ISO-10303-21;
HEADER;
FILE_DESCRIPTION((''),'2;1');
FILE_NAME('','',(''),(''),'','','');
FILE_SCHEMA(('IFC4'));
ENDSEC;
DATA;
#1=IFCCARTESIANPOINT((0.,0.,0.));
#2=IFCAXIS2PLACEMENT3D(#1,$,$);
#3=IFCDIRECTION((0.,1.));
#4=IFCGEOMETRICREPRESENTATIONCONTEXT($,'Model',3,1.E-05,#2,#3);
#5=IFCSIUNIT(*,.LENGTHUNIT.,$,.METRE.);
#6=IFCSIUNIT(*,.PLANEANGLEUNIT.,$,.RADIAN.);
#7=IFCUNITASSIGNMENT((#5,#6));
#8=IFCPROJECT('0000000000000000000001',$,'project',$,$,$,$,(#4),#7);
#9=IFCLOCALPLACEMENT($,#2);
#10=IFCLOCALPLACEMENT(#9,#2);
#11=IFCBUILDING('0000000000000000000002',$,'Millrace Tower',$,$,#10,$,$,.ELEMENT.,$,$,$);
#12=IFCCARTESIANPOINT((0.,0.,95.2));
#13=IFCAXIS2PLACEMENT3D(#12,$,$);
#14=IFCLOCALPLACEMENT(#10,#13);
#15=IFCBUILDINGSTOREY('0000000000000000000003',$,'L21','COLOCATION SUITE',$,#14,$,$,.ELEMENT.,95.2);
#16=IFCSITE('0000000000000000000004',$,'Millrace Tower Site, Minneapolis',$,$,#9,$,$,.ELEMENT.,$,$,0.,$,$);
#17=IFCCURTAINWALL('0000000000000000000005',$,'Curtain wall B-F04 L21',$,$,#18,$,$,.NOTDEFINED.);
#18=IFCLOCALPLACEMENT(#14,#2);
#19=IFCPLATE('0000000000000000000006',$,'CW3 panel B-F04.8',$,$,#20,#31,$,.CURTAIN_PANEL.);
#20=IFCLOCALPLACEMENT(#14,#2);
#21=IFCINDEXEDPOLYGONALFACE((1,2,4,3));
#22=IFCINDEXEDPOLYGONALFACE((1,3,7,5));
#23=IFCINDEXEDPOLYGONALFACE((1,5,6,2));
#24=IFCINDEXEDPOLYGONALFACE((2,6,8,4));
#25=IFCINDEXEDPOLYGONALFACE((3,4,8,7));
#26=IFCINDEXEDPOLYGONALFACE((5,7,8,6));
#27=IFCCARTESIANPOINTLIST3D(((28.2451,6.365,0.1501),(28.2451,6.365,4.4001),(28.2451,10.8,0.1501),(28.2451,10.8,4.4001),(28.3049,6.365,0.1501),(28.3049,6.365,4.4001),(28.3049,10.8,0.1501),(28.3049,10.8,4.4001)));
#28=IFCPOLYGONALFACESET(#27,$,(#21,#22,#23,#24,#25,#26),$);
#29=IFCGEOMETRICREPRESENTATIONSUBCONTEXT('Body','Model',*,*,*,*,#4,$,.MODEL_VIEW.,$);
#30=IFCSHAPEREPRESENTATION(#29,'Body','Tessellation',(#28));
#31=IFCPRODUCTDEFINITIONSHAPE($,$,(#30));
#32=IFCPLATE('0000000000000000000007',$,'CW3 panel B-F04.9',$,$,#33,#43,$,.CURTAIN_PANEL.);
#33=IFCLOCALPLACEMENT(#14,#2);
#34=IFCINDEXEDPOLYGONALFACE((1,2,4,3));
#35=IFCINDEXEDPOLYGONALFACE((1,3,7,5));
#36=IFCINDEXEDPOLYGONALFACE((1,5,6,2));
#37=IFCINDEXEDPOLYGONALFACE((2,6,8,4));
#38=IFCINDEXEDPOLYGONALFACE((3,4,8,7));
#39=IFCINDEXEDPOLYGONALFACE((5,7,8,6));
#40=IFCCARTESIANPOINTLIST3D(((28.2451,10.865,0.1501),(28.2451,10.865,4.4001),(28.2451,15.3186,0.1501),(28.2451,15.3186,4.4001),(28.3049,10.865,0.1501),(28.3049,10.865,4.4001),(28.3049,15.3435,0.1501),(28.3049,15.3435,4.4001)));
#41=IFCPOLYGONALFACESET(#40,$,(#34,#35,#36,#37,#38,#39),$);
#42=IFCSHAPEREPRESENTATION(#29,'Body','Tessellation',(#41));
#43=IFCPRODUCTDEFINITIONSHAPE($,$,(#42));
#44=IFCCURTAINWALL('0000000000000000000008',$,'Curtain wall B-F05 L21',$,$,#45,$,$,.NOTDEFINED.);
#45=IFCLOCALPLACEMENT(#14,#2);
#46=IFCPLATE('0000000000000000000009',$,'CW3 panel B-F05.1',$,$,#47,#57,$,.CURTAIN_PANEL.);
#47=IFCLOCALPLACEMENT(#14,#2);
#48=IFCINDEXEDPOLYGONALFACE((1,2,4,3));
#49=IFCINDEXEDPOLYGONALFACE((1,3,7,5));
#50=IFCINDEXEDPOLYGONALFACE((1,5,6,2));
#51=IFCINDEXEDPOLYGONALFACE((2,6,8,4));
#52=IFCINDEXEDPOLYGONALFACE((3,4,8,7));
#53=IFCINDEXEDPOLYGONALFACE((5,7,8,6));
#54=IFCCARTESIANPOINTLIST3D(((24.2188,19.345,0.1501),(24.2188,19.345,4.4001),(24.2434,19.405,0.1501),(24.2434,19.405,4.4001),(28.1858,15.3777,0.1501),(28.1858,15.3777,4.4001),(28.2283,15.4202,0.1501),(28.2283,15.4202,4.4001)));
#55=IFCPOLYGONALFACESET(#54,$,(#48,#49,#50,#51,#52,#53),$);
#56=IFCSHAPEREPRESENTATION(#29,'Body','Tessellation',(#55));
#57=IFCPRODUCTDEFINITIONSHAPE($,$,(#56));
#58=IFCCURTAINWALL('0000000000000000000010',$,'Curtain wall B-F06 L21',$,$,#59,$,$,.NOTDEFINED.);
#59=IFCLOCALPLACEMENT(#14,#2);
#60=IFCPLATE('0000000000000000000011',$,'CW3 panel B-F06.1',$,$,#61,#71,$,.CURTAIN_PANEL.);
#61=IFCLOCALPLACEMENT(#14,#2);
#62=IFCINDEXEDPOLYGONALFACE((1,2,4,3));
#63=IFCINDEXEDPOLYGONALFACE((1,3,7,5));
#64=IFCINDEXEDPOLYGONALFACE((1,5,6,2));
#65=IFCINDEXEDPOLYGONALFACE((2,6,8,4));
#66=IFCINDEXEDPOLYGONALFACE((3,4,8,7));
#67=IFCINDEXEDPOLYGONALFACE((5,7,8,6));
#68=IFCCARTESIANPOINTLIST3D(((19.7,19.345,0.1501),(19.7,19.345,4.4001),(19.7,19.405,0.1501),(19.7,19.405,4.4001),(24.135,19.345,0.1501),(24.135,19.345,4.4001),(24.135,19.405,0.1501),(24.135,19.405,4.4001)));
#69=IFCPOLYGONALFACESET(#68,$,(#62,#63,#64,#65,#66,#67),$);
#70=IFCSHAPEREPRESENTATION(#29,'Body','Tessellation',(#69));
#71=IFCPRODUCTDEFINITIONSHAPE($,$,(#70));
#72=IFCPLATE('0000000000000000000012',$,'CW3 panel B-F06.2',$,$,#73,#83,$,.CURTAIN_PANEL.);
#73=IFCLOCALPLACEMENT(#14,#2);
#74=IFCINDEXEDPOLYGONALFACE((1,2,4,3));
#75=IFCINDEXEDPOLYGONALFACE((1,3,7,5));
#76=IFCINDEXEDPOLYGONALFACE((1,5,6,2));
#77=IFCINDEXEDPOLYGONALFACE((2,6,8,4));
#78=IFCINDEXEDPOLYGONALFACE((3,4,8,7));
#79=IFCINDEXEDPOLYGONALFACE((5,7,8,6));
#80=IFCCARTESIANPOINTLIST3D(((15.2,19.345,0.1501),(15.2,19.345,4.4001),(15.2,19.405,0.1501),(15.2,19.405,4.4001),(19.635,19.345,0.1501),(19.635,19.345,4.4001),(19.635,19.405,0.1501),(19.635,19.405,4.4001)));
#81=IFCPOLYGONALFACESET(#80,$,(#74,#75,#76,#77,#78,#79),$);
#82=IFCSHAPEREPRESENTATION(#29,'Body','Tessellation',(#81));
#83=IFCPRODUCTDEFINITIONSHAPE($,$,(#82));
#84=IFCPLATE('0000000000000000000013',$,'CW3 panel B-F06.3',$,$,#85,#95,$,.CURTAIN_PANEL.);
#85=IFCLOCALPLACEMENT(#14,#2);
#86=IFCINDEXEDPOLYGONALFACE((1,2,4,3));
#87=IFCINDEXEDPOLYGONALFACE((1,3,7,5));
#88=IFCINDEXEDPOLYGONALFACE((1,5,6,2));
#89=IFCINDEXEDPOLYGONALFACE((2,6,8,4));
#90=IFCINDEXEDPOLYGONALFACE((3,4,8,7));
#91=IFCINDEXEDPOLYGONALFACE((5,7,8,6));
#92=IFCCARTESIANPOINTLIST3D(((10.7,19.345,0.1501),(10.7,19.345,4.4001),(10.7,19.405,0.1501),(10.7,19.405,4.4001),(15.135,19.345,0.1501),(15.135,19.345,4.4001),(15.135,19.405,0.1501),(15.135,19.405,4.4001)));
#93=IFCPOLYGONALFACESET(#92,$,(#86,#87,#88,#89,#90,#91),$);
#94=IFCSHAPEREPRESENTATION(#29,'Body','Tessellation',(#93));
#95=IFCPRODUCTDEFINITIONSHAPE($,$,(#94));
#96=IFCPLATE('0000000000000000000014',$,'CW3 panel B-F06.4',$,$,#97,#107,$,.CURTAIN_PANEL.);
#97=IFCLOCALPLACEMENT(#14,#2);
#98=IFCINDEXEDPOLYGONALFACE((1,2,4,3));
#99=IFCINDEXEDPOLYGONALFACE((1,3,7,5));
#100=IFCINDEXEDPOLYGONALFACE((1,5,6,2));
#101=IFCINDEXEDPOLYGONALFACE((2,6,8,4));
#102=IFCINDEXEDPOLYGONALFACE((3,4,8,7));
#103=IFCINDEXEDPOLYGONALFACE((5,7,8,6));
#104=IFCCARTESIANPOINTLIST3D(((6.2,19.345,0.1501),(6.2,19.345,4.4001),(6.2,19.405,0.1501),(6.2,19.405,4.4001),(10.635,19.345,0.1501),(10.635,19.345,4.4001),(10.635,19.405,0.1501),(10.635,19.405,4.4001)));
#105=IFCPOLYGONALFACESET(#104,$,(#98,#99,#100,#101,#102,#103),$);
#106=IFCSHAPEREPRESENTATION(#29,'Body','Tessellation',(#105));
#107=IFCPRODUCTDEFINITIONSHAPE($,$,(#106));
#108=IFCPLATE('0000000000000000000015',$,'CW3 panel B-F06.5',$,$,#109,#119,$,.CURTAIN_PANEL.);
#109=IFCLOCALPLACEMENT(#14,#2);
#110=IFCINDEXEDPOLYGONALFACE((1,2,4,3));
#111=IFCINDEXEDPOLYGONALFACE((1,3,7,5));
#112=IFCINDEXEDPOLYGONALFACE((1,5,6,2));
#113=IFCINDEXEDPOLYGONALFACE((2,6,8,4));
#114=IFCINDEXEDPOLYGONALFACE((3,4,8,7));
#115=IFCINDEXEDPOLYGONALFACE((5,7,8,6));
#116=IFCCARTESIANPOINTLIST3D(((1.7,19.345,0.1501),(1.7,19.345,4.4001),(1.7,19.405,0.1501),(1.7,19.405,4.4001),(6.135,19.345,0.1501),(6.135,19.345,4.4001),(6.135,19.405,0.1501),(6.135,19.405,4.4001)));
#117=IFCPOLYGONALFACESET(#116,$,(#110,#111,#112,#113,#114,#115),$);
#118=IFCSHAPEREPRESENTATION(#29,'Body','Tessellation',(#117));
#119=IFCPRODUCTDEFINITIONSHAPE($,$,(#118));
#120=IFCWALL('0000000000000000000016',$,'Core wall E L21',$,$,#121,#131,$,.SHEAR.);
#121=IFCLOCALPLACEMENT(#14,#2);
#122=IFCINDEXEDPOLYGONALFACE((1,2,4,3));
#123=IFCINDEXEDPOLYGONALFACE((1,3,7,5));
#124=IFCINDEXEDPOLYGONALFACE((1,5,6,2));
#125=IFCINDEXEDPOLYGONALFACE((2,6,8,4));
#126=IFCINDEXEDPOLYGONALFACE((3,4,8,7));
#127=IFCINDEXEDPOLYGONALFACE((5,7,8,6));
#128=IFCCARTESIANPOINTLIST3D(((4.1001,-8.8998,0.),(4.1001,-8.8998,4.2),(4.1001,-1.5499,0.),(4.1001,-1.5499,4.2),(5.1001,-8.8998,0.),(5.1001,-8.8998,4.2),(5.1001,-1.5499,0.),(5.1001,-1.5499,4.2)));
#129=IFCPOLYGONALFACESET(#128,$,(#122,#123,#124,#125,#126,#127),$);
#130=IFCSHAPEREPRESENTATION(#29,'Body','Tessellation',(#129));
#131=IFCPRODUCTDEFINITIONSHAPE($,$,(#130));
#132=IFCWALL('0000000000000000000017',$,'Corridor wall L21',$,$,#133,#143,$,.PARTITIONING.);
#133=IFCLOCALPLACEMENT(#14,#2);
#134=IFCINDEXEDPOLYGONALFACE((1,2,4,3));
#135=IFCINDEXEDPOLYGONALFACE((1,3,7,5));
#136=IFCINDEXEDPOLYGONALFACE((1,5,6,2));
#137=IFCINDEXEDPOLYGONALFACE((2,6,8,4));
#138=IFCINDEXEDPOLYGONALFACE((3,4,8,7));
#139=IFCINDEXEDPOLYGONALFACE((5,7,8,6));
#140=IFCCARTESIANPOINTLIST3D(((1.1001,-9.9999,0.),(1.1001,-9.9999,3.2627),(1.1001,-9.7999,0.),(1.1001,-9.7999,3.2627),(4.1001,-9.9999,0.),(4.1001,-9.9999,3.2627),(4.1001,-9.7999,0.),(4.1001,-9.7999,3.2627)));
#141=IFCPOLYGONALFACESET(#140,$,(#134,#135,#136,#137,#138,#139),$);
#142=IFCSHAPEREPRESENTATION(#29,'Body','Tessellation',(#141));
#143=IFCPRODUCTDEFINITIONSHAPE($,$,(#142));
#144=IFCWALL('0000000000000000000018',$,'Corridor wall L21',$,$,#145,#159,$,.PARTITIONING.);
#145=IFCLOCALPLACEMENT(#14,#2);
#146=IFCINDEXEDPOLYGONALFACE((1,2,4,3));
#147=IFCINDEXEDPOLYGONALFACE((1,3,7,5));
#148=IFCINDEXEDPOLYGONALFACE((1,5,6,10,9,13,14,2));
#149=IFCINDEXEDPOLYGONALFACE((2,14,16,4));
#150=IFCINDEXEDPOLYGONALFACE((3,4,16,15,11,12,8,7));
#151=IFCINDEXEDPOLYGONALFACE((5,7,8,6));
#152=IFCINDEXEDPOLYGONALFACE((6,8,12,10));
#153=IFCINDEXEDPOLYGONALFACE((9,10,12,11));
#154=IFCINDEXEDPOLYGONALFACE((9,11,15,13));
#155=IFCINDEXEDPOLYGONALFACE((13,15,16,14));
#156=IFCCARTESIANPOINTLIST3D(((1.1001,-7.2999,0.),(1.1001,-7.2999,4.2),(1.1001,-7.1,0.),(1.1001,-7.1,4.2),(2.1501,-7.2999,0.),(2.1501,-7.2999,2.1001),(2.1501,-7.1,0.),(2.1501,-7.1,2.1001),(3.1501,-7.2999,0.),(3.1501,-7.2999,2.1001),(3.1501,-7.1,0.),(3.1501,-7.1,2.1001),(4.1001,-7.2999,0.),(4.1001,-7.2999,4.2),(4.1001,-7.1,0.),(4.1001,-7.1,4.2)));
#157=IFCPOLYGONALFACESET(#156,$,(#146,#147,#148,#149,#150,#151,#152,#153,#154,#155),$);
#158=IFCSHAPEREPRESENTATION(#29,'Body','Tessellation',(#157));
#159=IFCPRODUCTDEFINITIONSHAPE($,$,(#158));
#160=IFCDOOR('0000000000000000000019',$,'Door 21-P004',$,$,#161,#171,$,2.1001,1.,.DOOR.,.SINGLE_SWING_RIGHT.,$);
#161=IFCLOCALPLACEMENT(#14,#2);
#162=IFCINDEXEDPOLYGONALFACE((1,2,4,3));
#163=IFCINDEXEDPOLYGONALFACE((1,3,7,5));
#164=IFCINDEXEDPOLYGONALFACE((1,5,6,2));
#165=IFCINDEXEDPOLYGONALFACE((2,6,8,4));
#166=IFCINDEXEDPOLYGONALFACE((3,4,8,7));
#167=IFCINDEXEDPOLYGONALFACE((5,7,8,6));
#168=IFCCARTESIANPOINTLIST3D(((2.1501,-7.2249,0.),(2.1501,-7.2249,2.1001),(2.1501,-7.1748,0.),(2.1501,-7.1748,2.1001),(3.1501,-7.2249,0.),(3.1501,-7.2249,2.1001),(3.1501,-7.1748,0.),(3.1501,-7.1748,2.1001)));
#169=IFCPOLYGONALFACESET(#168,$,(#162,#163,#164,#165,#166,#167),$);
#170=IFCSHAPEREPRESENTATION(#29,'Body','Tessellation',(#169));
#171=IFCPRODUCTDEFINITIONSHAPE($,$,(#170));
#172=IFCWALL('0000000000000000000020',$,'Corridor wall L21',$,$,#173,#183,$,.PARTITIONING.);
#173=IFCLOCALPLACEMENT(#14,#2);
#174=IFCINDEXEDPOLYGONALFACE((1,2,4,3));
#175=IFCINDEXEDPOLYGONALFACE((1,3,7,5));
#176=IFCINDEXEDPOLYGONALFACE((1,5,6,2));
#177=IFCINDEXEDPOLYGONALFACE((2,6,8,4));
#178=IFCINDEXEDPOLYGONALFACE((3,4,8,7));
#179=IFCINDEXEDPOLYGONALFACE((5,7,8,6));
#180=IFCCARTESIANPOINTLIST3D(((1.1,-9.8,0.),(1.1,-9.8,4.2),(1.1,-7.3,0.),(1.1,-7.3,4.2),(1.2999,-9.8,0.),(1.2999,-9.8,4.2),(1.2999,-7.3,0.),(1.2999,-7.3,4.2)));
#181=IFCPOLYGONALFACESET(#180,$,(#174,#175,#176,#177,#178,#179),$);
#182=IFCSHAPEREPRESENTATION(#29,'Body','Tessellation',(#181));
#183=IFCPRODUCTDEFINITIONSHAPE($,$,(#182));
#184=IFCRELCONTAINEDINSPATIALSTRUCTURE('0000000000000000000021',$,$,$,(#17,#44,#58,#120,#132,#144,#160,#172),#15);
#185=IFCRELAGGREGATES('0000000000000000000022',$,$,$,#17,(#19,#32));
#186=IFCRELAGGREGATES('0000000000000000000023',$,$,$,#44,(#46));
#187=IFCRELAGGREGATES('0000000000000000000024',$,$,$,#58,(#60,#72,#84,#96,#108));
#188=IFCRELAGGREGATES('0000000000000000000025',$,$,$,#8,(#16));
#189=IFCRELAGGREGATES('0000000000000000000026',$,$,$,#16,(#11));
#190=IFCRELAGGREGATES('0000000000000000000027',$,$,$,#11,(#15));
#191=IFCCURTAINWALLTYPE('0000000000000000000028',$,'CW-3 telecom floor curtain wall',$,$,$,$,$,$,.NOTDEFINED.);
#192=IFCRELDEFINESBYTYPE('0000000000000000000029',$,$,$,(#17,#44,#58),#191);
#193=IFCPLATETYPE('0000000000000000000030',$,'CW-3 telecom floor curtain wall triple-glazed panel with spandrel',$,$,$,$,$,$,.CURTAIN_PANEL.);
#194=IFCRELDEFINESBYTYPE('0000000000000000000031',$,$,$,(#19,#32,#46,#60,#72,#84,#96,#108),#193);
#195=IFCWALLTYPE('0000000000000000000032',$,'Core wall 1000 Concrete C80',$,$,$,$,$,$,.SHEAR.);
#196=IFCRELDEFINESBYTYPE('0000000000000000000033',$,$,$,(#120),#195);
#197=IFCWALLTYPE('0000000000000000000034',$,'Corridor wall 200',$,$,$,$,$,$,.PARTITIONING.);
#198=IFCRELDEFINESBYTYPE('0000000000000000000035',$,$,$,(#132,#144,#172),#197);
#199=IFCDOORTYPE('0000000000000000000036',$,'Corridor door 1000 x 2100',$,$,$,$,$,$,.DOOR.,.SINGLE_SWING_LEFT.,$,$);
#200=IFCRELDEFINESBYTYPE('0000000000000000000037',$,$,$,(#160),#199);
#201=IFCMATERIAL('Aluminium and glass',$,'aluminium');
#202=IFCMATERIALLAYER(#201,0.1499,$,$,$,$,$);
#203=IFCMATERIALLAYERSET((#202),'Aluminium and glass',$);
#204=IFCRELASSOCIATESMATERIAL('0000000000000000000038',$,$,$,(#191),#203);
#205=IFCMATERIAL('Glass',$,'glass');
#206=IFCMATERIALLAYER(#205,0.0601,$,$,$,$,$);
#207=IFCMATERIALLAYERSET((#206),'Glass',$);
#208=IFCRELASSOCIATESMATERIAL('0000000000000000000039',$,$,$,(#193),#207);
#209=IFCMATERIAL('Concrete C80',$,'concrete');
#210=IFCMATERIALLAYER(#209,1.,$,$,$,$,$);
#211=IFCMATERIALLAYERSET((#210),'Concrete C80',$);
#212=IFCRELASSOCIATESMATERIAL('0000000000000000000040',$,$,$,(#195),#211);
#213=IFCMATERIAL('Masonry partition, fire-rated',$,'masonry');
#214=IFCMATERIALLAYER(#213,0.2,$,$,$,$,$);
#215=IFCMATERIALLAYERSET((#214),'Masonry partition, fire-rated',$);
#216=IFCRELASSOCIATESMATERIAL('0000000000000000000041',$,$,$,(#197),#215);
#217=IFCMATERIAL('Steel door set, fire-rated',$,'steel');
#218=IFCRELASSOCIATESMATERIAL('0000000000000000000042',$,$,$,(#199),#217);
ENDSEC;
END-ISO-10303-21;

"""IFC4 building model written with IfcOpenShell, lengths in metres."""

from ifc_helpers import new_model, si_unit, direction, frame, frame_2d, origin, place, context, subcontext, project, spatial, polyline, rectangle, outline, extrude, material, layer, layer_set, type_object, element, fill, aggregate, save


model = new_model("IFC4")

# Units and contexts
model_context = context("Model", 3, precision=1e-05, world=origin(), true_north=direction((0.0, 1.0)))
body_context = subcontext(model_context, "Body", "Model", "MODEL_VIEW")
ifc_project = project(units=[si_unit("LENGTHUNIT", "METRE"), si_unit("PLANEANGLEUNIT", "RADIAN")], contexts=[model_context])

# Site, building, storey
site_placement = place(None, origin())
site = spatial("IfcSite", under=ifc_project, at=site_placement, Name="Millrace Tower Site, Minneapolis", CompositionType="ELEMENT", RefElevation=0.0)
building_placement = place(site_placement, origin())
building = spatial("IfcBuilding", under=site, at=building_placement, Name="Millrace Tower", CompositionType="ELEMENT")
storey_placement = place(building_placement, frame((0.0, 0.0, 95.2)))
storey = spatial("IfcBuildingStorey", under=building, at=storey_placement, Name="L21", Description="COLOCATION SUITE", CompositionType="ELEMENT", Elevation=95.2)

# Curtain wall, plates
ifc_material_1 = material(Name="Aluminium and glass", Category="aluminium")
ifc_layer_1 = layer(ifc_material_1, 0.1499)
ifc_layer_set_1 = layer_set([ifc_layer_1], Name="Aluminium and glass")
curtain_wall_type = type_object("IfcCurtainWallType", Name="CW-3 telecom floor curtain wall", PredefinedType="NOTDEFINED", material=ifc_layer_set_1)
placement_1 = place(storey_placement, origin())
curtain_wall_1 = element("IfcCurtainWall", 1, at=placement_1, inside=storey, type_object=curtain_wall_type, Name="Curtain wall B-F04 L21", PredefinedType="NOTDEFINED")
ifc_material_2 = material(Name="Glass", Category="glass")
ifc_layer_2 = layer(ifc_material_2, 0.0601)
ifc_layer_set_2 = layer_set([ifc_layer_2], Name="Glass")
plate_type = type_object("IfcPlateType", Name="CW-3 telecom floor curtain wall triple-glazed panel with spandrel", PredefinedType="CURTAIN_PANEL", material=ifc_layer_set_2)
placement_2 = place(storey_placement, frame((0.0, 0.0, 0.1501)))
plate_1 = element("IfcPlate", 2, at=placement_2, type_object=plate_type, Name="CW3 panel B-F04.8", PredefinedType="CURTAIN_PANEL", context=body_context, shape_type="SweptSolid", body=[
    extrude(outline(polyline([(28.3049, 6.365), (28.3049, 10.8), (28.2451, 10.8), (28.2451, 6.365), (28.3049, 6.365)])), origin(), (0.0, 0.0, 1.0), 4.25),
])
plate_2 = element("IfcPlate", 3, at=placement_2, type_object=plate_type, Name="CW3 panel B-F04.9", PredefinedType="CURTAIN_PANEL", context=body_context, shape_type="SweptSolid", body=[
    extrude(outline(polyline([(28.3049, 10.865), (28.3049, 15.3435), (28.2451, 15.3186), (28.2451, 10.865), (28.3049, 10.865)])), origin(), (0.0, 0.0, 1.0), 4.25),
])
aggregate(curtain_wall_1, [plate_1, plate_2])

# Curtain wall, plate
curtain_wall_2 = element("IfcCurtainWall", 4, at=placement_1, inside=storey, type_object=curtain_wall_type, Name="Curtain wall B-F05 L21", PredefinedType="NOTDEFINED")
plate_3 = element("IfcPlate", 5, at=placement_2, type_object=plate_type, Name="CW3 panel B-F05.1", PredefinedType="CURTAIN_PANEL", context=body_context, shape_type="SweptSolid", body=[
    extrude(outline(polyline([(28.2283, 15.4202), (24.2434, 19.405), (24.2188, 19.345), (28.1858, 15.3777), (28.2283, 15.4202)])), origin(), (0.0, 0.0, 1.0), 4.25),
])
aggregate(curtain_wall_2, [plate_3])

# Curtain wall, plates
curtain_wall_3 = element("IfcCurtainWall", 6, at=placement_1, inside=storey, type_object=curtain_wall_type, Name="Curtain wall B-F06 L21", PredefinedType="NOTDEFINED")
plate_4 = element("IfcPlate", 7, at=placement_2, type_object=plate_type, Name="CW3 panel B-F06.1", PredefinedType="CURTAIN_PANEL", context=body_context, shape_type="SweptSolid", body=[
    extrude(outline(polyline([(24.135, 19.405), (19.7, 19.405), (19.7, 19.345), (24.135, 19.345), (24.135, 19.405)])), origin(), (0.0, 0.0, 1.0), 4.25),
])
plate_5 = element("IfcPlate", 8, at=placement_2, type_object=plate_type, Name="CW3 panel B-F06.2", PredefinedType="CURTAIN_PANEL", context=body_context, shape_type="SweptSolid", body=[
    extrude(outline(polyline([(19.635, 19.405), (15.2, 19.405), (15.2, 19.345), (19.635, 19.345), (19.635, 19.405)])), origin(), (0.0, 0.0, 1.0), 4.25),
])
plate_6 = element("IfcPlate", 9, at=placement_2, type_object=plate_type, Name="CW3 panel B-F06.3", PredefinedType="CURTAIN_PANEL", context=body_context, shape_type="SweptSolid", body=[
    extrude(outline(polyline([(15.135, 19.405), (10.7, 19.405), (10.7, 19.345), (15.135, 19.345), (15.135, 19.405)])), origin(), (0.0, 0.0, 1.0), 4.25),
])
plate_7 = element("IfcPlate", 10, at=placement_2, type_object=plate_type, Name="CW3 panel B-F06.4", PredefinedType="CURTAIN_PANEL", context=body_context, shape_type="SweptSolid", body=[
    extrude(outline(polyline([(10.635, 19.405), (6.2, 19.405), (6.2, 19.345), (10.635, 19.345), (10.635, 19.405)])), origin(), (0.0, 0.0, 1.0), 4.25),
])
plate_8 = element("IfcPlate", 11, at=placement_2, type_object=plate_type, Name="CW3 panel B-F06.5", PredefinedType="CURTAIN_PANEL", context=body_context, shape_type="SweptSolid", body=[
    extrude(outline(polyline([(6.135, 19.405), (1.7, 19.405), (1.7, 19.345), (6.135, 19.345), (6.135, 19.405)])), origin(), (0.0, 0.0, 1.0), 4.25),
])
aggregate(curtain_wall_3, [plate_4, plate_5, plate_6, plate_7, plate_8])

# Walls
ifc_material_3 = material(Name="Concrete C80", Category="concrete")
ifc_layer_3 = layer(ifc_material_3, 1.0)
ifc_layer_set_3 = layer_set([ifc_layer_3], Name="Concrete C80")
wall_type_1 = type_object("IfcWallType", Name="Core wall 1000 Concrete C80", PredefinedType="SHEAR", material=ifc_layer_set_3)
wall_1_placement = place(storey_placement, frame((4.6001, -1.55, 0.0), z_axis=(0.0, 0.0, 1.0), x_axis=(0.0, -1.0, 0.0)))
element("IfcWall", 12, at=wall_1_placement, inside=storey, type_object=wall_type_1, Name="Core wall E L21", PredefinedType="SHEAR", context=body_context, shape_type="SweptSolid", body=[
    extrude(rectangle(XDim=7.3499, YDim=1.0, at=frame_2d((3.6748, 0.0))), origin(), (0.0, 0.0, 1.0), 4.2),
])
ifc_material_4 = material(Name="Masonry partition, fire-rated", Category="masonry")
ifc_layer_4 = layer(ifc_material_4, 0.2)
ifc_layer_set_4 = layer_set([ifc_layer_4], Name="Masonry partition, fire-rated")
wall_type_2 = type_object("IfcWallType", Name="Corridor wall 200", PredefinedType="PARTITIONING", material=ifc_layer_set_4)
wall_2_placement = place(storey_placement, frame((1.1001, -9.8999, 0.0), z_axis=(0.0, 0.0, 1.0), x_axis=(1.0, 0.0, 0.0)))
element("IfcWall", 13, at=wall_2_placement, inside=storey, type_object=wall_type_2, Name="Corridor wall L21", PredefinedType="PARTITIONING", context=body_context, shape_type="SweptSolid", body=[
    extrude(rectangle(XDim=3.0, YDim=0.2, at=frame_2d((1.5, 0.0))), origin(), (0.0, 0.0, 1.0), 3.2627),
])

# Wall, opening, door
wall_3_placement = place(storey_placement, frame((1.1001, -7.2, 0.0), z_axis=(0.0, 0.0, 1.0), x_axis=(1.0, 0.0, 0.0)))
wall_3 = element("IfcWall", 14, at=wall_3_placement, inside=storey, type_object=wall_type_2, Name="Corridor wall L21", PredefinedType="PARTITIONING", context=body_context, shape_type="SweptSolid", body=[
    extrude(rectangle(XDim=3.0, YDim=0.2, at=frame_2d((1.5, 0.0))), origin(), (0.0, 0.0, 1.0), 4.2),
])
opening_1_placement = place(wall_3_placement, frame((1.05, 0.0, 0.0)))
opening_1 = element("IfcOpeningElement", 15, at=opening_1_placement, cuts=wall_3, PredefinedType="OPENING", context=body_context, shape_type="SweptSolid", body=[
    extrude(rectangle(XDim=1.0, YDim=2.1001, at=frame_2d((0.5, 1.05))), frame((0.0, 0.1099, 0.0), z_axis=(0.0, -1.0, 0.0), x_axis=(1.0, 0.0, 0.0)), (0.0, 0.0, 1.0), 0.22),
])
ifc_material_5 = material(Name="Steel door set, fire-rated", Category="steel")
door_type_1 = type_object("IfcDoorType", Name="Corridor door 1000 x 2100", OperationType="SINGLE_SWING_LEFT", PredefinedType="DOOR", material=ifc_material_5)
door_1_placement = place(opening_1_placement, frame((1.0, 0.0, 0.0), z_axis=(0.0, 0.0, 1.0), x_axis=(-1.0, 0.0, 0.0)))
door_1 = element("IfcDoor", 16, at=door_1_placement, inside=storey, type_object=door_type_1, Name="Door 21-P004", OperationType="SINGLE_SWING_RIGHT", OverallHeight=2.1001, OverallWidth=1.0, PredefinedType="DOOR", context=body_context, shape_type="SweptSolid", body=[
    extrude(rectangle(XDim=1.0, YDim=2.1001, at=frame_2d((0.5, 1.05))), frame((0.0, 0.0249, 0.0), z_axis=(0.0, -1.0, 0.0), x_axis=(1.0, 0.0, 0.0)), (0.0, 0.0, 1.0), 0.05),
])
fill(opening_1, door_1)

# Wall
wall_4_placement = place(storey_placement, frame((1.2, -9.8, 0.0), z_axis=(0.0, 0.0, 1.0), x_axis=(0.0, 1.0, 0.0)))
element("IfcWall", 17, at=wall_4_placement, inside=storey, type_object=wall_type_2, Name="Corridor wall L21", PredefinedType="PARTITIONING", context=body_context, shape_type="SweptSolid", body=[
    extrude(rectangle(XDim=2.5, YDim=0.2, at=frame_2d((1.25, 0.0))), origin(), (0.0, 0.0, 1.0), 4.2),
])

save(model, "model.ifc")
